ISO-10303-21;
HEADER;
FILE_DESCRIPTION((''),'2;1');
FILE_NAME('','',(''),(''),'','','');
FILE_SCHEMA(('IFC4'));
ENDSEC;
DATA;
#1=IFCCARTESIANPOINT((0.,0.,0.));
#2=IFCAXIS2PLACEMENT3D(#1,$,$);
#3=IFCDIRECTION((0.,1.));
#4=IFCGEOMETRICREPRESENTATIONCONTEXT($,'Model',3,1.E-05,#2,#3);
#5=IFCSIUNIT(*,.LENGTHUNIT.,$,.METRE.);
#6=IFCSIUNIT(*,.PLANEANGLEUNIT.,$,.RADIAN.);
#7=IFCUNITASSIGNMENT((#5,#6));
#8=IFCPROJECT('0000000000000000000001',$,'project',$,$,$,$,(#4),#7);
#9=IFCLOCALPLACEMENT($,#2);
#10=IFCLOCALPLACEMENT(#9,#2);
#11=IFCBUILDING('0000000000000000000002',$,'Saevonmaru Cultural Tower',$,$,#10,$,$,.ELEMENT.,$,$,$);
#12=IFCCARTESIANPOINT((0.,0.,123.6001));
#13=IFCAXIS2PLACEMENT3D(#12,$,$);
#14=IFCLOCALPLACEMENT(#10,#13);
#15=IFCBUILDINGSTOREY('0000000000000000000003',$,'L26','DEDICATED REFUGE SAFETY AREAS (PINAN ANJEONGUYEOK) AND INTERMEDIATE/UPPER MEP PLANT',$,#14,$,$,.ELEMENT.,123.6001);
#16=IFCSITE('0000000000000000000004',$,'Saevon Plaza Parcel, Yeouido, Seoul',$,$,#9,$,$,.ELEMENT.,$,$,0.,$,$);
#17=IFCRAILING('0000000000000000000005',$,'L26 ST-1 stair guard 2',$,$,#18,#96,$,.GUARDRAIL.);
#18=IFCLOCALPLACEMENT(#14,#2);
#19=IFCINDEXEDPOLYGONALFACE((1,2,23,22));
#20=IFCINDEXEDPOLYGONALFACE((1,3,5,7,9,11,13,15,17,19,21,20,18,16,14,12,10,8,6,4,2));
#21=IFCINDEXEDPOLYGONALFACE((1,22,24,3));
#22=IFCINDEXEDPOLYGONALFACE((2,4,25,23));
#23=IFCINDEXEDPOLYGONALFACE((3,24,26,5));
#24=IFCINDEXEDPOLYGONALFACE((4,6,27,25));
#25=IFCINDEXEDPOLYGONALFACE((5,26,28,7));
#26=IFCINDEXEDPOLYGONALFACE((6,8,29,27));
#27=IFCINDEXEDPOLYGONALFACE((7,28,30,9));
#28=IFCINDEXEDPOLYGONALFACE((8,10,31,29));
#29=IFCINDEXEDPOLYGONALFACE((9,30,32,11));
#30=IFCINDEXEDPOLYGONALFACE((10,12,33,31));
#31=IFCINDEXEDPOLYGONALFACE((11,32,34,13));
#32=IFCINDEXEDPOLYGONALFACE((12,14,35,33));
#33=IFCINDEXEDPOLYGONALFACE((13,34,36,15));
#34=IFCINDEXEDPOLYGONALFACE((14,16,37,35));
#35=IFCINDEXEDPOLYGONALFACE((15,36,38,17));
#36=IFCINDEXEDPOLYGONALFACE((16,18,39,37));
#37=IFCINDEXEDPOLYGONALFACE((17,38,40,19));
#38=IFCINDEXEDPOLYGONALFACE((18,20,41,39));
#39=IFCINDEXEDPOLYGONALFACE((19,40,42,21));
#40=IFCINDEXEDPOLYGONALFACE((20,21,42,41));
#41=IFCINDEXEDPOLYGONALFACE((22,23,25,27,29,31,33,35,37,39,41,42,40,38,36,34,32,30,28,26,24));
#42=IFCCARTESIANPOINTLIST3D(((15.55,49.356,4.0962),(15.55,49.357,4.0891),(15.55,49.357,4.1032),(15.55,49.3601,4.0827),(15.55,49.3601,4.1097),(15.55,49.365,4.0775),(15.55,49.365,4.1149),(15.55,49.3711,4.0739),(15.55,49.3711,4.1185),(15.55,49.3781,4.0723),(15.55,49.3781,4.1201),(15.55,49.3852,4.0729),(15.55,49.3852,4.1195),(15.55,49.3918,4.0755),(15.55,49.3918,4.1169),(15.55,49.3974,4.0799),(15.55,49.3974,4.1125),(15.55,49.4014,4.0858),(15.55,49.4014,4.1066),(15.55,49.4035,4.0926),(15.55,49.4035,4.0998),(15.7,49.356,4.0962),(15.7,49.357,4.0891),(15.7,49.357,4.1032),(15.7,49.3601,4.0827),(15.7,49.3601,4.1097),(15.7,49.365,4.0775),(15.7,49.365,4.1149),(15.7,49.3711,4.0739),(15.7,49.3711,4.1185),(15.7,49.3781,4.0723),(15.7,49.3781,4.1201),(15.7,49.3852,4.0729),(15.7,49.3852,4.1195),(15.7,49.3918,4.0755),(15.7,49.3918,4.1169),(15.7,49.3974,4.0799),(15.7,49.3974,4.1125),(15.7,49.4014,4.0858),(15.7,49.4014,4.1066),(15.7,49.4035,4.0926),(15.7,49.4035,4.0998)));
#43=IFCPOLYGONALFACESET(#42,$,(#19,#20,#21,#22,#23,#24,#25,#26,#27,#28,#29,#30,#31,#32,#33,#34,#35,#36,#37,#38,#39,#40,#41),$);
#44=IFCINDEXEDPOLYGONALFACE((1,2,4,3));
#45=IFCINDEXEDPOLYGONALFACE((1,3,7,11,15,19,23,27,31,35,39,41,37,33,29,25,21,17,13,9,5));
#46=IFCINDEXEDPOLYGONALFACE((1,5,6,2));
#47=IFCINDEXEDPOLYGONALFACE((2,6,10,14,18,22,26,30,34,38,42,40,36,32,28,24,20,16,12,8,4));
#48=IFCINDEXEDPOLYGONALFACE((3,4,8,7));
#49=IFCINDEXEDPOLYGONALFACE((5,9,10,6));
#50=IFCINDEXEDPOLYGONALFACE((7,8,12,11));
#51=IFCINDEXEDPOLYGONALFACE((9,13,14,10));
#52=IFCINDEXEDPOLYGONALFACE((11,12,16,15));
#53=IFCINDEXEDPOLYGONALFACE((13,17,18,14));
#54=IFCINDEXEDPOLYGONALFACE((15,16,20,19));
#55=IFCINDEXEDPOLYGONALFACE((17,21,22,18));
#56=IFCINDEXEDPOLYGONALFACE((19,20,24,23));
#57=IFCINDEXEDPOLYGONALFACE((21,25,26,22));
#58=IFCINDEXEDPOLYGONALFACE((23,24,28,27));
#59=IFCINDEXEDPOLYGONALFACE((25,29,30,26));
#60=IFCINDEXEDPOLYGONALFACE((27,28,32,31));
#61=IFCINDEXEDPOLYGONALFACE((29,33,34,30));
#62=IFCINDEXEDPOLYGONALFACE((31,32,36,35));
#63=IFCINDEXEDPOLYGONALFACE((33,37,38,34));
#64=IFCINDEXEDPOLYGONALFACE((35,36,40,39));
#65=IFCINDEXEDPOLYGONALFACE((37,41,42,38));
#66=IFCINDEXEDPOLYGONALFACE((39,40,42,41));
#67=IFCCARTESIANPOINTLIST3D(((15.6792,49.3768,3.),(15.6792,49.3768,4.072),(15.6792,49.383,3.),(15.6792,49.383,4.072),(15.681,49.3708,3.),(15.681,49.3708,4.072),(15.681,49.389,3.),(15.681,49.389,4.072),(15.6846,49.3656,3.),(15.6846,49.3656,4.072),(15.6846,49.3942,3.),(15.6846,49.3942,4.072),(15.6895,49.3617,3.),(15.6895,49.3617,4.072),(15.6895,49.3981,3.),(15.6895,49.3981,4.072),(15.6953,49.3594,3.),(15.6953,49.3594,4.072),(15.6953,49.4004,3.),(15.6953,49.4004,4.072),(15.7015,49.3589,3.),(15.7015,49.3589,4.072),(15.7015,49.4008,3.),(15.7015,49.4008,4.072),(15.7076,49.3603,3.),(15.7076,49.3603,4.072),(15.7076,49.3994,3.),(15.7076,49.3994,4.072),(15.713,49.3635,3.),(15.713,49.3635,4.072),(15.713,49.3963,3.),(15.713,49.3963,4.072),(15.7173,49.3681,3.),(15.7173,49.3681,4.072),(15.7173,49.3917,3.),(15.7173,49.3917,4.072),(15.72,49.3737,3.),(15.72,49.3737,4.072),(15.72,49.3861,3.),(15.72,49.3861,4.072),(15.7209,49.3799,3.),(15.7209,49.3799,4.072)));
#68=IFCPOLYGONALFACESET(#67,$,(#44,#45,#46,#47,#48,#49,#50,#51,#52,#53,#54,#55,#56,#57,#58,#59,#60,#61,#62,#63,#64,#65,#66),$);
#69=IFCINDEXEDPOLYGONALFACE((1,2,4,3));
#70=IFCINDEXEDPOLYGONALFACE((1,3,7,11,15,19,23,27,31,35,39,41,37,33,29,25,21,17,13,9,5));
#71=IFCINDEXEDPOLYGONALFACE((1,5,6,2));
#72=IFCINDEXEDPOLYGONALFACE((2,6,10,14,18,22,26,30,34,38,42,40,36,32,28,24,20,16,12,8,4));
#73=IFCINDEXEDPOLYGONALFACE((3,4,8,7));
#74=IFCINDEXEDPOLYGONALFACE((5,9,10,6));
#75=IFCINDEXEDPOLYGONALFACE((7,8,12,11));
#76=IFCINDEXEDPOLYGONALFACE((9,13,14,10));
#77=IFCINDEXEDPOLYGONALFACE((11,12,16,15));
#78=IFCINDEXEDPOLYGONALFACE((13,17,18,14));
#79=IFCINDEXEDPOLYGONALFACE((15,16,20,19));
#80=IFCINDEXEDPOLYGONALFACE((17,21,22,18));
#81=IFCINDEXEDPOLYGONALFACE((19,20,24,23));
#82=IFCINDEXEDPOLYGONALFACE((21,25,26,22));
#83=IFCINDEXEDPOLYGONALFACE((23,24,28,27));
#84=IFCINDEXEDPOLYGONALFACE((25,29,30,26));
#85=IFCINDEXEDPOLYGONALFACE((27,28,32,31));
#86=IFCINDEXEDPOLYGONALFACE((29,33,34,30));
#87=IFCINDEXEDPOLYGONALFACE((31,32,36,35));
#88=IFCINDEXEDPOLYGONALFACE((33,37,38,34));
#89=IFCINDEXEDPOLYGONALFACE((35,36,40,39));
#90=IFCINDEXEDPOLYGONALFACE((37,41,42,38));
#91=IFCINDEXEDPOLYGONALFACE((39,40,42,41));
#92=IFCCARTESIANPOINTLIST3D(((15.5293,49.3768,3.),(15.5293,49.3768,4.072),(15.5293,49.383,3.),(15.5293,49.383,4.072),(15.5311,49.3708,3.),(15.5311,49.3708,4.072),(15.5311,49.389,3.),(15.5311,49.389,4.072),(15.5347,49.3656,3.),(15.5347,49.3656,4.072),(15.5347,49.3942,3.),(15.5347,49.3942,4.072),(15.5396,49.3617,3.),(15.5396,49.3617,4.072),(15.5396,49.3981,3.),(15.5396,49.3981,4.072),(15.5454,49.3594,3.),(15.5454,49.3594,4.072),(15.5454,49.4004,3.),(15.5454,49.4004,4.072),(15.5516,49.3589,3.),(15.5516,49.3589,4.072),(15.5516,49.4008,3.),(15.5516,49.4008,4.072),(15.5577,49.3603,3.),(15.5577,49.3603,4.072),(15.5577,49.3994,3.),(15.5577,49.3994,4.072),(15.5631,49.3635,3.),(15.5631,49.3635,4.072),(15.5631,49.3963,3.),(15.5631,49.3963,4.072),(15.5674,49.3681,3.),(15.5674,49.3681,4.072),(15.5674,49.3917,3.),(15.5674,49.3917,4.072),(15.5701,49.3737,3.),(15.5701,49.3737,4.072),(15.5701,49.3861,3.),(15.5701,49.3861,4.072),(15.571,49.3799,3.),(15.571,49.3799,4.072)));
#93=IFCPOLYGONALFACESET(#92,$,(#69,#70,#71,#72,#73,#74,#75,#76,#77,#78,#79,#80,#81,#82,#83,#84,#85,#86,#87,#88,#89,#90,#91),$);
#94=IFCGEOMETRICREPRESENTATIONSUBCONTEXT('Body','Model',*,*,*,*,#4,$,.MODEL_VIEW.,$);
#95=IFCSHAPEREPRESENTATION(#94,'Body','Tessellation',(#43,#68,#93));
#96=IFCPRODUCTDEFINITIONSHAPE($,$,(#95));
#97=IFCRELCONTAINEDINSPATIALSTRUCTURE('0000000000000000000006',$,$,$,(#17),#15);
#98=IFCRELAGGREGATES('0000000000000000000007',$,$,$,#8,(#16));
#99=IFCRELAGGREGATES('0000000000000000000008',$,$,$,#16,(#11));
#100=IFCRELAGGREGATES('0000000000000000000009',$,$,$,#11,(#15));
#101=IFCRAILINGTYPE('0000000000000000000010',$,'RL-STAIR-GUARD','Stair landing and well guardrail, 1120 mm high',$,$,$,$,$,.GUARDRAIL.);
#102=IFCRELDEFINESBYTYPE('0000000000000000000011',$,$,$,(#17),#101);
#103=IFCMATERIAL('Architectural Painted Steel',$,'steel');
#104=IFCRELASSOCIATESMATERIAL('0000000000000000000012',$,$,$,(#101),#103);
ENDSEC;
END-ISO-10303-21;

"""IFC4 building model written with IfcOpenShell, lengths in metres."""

from ifc_helpers import new_model, si_unit, direction, frame, origin, origin_2d, place, context, subcontext, project, spatial, circle, extrude, material, type_object, element, save


model = new_model("IFC4")

# Units and contexts
model_context = context("Model", 3, precision=1e-05, world=origin(), true_north=direction((0.0, 1.0)))
body_context = subcontext(model_context, "Body", "Model", "MODEL_VIEW")
ifc_project = project(units=[si_unit("LENGTHUNIT", "METRE"), si_unit("PLANEANGLEUNIT", "RADIAN")], contexts=[model_context])

# Site, building, storey
site_placement = place(None, origin())
site = spatial("IfcSite", under=ifc_project, at=site_placement, Name="Saevon Plaza Parcel, Yeouido, Seoul", CompositionType="ELEMENT", RefElevation=0.0)
building_placement = place(site_placement, origin())
building = spatial("IfcBuilding", under=site, at=building_placement, Name="Saevonmaru Cultural Tower", CompositionType="ELEMENT")
storey_placement = place(building_placement, frame((0.0, 0.0, 123.6001)))
storey = spatial("IfcBuildingStorey", under=building, at=storey_placement, Name="L26", Description="DEDICATED REFUGE SAFETY AREAS (PINAN ANJEONGUYEOK) AND INTERMEDIATE/UPPER MEP PLANT", CompositionType="ELEMENT", Elevation=123.6001)

# Railing
ifc_material_1 = material(Name="Architectural Painted Steel", Category="steel")
railing_type_1 = type_object("IfcRailingType", Name="RL-STAIR-GUARD", Description="Stair landing and well guardrail, 1120 mm high", PredefinedType="GUARDRAIL", material=ifc_material_1)
railing_1_placement = place(storey_placement, frame((15.7, 49.3799, 3.0)))
element("IfcRailing", 1, at=railing_1_placement, inside=storey, type_object=railing_type_1, Name="L26 ST-1 stair guard 2", PredefinedType="GUARDRAIL", context=body_context, shape_type="SweptSolid", body=[
    extrude(circle(Radius=0.0239, at=origin_2d()), frame((0.0, 0.0, 1.0962), z_axis=(-1.0, 0.0, 0.0), x_axis=(0.0, -1.0, 0.0)), (0.0, 0.0, 1.0), 0.1499),
    extrude(circle(Radius=0.021, at=origin_2d()), origin(), (0.0, 0.0, 1.0), 1.072),
    extrude(circle(Radius=0.021, at=origin_2d()), frame((-0.1499, 0.0, 0.0)), (0.0, 0.0, 1.0), 1.072),
])

save(model, "model.ifc")
